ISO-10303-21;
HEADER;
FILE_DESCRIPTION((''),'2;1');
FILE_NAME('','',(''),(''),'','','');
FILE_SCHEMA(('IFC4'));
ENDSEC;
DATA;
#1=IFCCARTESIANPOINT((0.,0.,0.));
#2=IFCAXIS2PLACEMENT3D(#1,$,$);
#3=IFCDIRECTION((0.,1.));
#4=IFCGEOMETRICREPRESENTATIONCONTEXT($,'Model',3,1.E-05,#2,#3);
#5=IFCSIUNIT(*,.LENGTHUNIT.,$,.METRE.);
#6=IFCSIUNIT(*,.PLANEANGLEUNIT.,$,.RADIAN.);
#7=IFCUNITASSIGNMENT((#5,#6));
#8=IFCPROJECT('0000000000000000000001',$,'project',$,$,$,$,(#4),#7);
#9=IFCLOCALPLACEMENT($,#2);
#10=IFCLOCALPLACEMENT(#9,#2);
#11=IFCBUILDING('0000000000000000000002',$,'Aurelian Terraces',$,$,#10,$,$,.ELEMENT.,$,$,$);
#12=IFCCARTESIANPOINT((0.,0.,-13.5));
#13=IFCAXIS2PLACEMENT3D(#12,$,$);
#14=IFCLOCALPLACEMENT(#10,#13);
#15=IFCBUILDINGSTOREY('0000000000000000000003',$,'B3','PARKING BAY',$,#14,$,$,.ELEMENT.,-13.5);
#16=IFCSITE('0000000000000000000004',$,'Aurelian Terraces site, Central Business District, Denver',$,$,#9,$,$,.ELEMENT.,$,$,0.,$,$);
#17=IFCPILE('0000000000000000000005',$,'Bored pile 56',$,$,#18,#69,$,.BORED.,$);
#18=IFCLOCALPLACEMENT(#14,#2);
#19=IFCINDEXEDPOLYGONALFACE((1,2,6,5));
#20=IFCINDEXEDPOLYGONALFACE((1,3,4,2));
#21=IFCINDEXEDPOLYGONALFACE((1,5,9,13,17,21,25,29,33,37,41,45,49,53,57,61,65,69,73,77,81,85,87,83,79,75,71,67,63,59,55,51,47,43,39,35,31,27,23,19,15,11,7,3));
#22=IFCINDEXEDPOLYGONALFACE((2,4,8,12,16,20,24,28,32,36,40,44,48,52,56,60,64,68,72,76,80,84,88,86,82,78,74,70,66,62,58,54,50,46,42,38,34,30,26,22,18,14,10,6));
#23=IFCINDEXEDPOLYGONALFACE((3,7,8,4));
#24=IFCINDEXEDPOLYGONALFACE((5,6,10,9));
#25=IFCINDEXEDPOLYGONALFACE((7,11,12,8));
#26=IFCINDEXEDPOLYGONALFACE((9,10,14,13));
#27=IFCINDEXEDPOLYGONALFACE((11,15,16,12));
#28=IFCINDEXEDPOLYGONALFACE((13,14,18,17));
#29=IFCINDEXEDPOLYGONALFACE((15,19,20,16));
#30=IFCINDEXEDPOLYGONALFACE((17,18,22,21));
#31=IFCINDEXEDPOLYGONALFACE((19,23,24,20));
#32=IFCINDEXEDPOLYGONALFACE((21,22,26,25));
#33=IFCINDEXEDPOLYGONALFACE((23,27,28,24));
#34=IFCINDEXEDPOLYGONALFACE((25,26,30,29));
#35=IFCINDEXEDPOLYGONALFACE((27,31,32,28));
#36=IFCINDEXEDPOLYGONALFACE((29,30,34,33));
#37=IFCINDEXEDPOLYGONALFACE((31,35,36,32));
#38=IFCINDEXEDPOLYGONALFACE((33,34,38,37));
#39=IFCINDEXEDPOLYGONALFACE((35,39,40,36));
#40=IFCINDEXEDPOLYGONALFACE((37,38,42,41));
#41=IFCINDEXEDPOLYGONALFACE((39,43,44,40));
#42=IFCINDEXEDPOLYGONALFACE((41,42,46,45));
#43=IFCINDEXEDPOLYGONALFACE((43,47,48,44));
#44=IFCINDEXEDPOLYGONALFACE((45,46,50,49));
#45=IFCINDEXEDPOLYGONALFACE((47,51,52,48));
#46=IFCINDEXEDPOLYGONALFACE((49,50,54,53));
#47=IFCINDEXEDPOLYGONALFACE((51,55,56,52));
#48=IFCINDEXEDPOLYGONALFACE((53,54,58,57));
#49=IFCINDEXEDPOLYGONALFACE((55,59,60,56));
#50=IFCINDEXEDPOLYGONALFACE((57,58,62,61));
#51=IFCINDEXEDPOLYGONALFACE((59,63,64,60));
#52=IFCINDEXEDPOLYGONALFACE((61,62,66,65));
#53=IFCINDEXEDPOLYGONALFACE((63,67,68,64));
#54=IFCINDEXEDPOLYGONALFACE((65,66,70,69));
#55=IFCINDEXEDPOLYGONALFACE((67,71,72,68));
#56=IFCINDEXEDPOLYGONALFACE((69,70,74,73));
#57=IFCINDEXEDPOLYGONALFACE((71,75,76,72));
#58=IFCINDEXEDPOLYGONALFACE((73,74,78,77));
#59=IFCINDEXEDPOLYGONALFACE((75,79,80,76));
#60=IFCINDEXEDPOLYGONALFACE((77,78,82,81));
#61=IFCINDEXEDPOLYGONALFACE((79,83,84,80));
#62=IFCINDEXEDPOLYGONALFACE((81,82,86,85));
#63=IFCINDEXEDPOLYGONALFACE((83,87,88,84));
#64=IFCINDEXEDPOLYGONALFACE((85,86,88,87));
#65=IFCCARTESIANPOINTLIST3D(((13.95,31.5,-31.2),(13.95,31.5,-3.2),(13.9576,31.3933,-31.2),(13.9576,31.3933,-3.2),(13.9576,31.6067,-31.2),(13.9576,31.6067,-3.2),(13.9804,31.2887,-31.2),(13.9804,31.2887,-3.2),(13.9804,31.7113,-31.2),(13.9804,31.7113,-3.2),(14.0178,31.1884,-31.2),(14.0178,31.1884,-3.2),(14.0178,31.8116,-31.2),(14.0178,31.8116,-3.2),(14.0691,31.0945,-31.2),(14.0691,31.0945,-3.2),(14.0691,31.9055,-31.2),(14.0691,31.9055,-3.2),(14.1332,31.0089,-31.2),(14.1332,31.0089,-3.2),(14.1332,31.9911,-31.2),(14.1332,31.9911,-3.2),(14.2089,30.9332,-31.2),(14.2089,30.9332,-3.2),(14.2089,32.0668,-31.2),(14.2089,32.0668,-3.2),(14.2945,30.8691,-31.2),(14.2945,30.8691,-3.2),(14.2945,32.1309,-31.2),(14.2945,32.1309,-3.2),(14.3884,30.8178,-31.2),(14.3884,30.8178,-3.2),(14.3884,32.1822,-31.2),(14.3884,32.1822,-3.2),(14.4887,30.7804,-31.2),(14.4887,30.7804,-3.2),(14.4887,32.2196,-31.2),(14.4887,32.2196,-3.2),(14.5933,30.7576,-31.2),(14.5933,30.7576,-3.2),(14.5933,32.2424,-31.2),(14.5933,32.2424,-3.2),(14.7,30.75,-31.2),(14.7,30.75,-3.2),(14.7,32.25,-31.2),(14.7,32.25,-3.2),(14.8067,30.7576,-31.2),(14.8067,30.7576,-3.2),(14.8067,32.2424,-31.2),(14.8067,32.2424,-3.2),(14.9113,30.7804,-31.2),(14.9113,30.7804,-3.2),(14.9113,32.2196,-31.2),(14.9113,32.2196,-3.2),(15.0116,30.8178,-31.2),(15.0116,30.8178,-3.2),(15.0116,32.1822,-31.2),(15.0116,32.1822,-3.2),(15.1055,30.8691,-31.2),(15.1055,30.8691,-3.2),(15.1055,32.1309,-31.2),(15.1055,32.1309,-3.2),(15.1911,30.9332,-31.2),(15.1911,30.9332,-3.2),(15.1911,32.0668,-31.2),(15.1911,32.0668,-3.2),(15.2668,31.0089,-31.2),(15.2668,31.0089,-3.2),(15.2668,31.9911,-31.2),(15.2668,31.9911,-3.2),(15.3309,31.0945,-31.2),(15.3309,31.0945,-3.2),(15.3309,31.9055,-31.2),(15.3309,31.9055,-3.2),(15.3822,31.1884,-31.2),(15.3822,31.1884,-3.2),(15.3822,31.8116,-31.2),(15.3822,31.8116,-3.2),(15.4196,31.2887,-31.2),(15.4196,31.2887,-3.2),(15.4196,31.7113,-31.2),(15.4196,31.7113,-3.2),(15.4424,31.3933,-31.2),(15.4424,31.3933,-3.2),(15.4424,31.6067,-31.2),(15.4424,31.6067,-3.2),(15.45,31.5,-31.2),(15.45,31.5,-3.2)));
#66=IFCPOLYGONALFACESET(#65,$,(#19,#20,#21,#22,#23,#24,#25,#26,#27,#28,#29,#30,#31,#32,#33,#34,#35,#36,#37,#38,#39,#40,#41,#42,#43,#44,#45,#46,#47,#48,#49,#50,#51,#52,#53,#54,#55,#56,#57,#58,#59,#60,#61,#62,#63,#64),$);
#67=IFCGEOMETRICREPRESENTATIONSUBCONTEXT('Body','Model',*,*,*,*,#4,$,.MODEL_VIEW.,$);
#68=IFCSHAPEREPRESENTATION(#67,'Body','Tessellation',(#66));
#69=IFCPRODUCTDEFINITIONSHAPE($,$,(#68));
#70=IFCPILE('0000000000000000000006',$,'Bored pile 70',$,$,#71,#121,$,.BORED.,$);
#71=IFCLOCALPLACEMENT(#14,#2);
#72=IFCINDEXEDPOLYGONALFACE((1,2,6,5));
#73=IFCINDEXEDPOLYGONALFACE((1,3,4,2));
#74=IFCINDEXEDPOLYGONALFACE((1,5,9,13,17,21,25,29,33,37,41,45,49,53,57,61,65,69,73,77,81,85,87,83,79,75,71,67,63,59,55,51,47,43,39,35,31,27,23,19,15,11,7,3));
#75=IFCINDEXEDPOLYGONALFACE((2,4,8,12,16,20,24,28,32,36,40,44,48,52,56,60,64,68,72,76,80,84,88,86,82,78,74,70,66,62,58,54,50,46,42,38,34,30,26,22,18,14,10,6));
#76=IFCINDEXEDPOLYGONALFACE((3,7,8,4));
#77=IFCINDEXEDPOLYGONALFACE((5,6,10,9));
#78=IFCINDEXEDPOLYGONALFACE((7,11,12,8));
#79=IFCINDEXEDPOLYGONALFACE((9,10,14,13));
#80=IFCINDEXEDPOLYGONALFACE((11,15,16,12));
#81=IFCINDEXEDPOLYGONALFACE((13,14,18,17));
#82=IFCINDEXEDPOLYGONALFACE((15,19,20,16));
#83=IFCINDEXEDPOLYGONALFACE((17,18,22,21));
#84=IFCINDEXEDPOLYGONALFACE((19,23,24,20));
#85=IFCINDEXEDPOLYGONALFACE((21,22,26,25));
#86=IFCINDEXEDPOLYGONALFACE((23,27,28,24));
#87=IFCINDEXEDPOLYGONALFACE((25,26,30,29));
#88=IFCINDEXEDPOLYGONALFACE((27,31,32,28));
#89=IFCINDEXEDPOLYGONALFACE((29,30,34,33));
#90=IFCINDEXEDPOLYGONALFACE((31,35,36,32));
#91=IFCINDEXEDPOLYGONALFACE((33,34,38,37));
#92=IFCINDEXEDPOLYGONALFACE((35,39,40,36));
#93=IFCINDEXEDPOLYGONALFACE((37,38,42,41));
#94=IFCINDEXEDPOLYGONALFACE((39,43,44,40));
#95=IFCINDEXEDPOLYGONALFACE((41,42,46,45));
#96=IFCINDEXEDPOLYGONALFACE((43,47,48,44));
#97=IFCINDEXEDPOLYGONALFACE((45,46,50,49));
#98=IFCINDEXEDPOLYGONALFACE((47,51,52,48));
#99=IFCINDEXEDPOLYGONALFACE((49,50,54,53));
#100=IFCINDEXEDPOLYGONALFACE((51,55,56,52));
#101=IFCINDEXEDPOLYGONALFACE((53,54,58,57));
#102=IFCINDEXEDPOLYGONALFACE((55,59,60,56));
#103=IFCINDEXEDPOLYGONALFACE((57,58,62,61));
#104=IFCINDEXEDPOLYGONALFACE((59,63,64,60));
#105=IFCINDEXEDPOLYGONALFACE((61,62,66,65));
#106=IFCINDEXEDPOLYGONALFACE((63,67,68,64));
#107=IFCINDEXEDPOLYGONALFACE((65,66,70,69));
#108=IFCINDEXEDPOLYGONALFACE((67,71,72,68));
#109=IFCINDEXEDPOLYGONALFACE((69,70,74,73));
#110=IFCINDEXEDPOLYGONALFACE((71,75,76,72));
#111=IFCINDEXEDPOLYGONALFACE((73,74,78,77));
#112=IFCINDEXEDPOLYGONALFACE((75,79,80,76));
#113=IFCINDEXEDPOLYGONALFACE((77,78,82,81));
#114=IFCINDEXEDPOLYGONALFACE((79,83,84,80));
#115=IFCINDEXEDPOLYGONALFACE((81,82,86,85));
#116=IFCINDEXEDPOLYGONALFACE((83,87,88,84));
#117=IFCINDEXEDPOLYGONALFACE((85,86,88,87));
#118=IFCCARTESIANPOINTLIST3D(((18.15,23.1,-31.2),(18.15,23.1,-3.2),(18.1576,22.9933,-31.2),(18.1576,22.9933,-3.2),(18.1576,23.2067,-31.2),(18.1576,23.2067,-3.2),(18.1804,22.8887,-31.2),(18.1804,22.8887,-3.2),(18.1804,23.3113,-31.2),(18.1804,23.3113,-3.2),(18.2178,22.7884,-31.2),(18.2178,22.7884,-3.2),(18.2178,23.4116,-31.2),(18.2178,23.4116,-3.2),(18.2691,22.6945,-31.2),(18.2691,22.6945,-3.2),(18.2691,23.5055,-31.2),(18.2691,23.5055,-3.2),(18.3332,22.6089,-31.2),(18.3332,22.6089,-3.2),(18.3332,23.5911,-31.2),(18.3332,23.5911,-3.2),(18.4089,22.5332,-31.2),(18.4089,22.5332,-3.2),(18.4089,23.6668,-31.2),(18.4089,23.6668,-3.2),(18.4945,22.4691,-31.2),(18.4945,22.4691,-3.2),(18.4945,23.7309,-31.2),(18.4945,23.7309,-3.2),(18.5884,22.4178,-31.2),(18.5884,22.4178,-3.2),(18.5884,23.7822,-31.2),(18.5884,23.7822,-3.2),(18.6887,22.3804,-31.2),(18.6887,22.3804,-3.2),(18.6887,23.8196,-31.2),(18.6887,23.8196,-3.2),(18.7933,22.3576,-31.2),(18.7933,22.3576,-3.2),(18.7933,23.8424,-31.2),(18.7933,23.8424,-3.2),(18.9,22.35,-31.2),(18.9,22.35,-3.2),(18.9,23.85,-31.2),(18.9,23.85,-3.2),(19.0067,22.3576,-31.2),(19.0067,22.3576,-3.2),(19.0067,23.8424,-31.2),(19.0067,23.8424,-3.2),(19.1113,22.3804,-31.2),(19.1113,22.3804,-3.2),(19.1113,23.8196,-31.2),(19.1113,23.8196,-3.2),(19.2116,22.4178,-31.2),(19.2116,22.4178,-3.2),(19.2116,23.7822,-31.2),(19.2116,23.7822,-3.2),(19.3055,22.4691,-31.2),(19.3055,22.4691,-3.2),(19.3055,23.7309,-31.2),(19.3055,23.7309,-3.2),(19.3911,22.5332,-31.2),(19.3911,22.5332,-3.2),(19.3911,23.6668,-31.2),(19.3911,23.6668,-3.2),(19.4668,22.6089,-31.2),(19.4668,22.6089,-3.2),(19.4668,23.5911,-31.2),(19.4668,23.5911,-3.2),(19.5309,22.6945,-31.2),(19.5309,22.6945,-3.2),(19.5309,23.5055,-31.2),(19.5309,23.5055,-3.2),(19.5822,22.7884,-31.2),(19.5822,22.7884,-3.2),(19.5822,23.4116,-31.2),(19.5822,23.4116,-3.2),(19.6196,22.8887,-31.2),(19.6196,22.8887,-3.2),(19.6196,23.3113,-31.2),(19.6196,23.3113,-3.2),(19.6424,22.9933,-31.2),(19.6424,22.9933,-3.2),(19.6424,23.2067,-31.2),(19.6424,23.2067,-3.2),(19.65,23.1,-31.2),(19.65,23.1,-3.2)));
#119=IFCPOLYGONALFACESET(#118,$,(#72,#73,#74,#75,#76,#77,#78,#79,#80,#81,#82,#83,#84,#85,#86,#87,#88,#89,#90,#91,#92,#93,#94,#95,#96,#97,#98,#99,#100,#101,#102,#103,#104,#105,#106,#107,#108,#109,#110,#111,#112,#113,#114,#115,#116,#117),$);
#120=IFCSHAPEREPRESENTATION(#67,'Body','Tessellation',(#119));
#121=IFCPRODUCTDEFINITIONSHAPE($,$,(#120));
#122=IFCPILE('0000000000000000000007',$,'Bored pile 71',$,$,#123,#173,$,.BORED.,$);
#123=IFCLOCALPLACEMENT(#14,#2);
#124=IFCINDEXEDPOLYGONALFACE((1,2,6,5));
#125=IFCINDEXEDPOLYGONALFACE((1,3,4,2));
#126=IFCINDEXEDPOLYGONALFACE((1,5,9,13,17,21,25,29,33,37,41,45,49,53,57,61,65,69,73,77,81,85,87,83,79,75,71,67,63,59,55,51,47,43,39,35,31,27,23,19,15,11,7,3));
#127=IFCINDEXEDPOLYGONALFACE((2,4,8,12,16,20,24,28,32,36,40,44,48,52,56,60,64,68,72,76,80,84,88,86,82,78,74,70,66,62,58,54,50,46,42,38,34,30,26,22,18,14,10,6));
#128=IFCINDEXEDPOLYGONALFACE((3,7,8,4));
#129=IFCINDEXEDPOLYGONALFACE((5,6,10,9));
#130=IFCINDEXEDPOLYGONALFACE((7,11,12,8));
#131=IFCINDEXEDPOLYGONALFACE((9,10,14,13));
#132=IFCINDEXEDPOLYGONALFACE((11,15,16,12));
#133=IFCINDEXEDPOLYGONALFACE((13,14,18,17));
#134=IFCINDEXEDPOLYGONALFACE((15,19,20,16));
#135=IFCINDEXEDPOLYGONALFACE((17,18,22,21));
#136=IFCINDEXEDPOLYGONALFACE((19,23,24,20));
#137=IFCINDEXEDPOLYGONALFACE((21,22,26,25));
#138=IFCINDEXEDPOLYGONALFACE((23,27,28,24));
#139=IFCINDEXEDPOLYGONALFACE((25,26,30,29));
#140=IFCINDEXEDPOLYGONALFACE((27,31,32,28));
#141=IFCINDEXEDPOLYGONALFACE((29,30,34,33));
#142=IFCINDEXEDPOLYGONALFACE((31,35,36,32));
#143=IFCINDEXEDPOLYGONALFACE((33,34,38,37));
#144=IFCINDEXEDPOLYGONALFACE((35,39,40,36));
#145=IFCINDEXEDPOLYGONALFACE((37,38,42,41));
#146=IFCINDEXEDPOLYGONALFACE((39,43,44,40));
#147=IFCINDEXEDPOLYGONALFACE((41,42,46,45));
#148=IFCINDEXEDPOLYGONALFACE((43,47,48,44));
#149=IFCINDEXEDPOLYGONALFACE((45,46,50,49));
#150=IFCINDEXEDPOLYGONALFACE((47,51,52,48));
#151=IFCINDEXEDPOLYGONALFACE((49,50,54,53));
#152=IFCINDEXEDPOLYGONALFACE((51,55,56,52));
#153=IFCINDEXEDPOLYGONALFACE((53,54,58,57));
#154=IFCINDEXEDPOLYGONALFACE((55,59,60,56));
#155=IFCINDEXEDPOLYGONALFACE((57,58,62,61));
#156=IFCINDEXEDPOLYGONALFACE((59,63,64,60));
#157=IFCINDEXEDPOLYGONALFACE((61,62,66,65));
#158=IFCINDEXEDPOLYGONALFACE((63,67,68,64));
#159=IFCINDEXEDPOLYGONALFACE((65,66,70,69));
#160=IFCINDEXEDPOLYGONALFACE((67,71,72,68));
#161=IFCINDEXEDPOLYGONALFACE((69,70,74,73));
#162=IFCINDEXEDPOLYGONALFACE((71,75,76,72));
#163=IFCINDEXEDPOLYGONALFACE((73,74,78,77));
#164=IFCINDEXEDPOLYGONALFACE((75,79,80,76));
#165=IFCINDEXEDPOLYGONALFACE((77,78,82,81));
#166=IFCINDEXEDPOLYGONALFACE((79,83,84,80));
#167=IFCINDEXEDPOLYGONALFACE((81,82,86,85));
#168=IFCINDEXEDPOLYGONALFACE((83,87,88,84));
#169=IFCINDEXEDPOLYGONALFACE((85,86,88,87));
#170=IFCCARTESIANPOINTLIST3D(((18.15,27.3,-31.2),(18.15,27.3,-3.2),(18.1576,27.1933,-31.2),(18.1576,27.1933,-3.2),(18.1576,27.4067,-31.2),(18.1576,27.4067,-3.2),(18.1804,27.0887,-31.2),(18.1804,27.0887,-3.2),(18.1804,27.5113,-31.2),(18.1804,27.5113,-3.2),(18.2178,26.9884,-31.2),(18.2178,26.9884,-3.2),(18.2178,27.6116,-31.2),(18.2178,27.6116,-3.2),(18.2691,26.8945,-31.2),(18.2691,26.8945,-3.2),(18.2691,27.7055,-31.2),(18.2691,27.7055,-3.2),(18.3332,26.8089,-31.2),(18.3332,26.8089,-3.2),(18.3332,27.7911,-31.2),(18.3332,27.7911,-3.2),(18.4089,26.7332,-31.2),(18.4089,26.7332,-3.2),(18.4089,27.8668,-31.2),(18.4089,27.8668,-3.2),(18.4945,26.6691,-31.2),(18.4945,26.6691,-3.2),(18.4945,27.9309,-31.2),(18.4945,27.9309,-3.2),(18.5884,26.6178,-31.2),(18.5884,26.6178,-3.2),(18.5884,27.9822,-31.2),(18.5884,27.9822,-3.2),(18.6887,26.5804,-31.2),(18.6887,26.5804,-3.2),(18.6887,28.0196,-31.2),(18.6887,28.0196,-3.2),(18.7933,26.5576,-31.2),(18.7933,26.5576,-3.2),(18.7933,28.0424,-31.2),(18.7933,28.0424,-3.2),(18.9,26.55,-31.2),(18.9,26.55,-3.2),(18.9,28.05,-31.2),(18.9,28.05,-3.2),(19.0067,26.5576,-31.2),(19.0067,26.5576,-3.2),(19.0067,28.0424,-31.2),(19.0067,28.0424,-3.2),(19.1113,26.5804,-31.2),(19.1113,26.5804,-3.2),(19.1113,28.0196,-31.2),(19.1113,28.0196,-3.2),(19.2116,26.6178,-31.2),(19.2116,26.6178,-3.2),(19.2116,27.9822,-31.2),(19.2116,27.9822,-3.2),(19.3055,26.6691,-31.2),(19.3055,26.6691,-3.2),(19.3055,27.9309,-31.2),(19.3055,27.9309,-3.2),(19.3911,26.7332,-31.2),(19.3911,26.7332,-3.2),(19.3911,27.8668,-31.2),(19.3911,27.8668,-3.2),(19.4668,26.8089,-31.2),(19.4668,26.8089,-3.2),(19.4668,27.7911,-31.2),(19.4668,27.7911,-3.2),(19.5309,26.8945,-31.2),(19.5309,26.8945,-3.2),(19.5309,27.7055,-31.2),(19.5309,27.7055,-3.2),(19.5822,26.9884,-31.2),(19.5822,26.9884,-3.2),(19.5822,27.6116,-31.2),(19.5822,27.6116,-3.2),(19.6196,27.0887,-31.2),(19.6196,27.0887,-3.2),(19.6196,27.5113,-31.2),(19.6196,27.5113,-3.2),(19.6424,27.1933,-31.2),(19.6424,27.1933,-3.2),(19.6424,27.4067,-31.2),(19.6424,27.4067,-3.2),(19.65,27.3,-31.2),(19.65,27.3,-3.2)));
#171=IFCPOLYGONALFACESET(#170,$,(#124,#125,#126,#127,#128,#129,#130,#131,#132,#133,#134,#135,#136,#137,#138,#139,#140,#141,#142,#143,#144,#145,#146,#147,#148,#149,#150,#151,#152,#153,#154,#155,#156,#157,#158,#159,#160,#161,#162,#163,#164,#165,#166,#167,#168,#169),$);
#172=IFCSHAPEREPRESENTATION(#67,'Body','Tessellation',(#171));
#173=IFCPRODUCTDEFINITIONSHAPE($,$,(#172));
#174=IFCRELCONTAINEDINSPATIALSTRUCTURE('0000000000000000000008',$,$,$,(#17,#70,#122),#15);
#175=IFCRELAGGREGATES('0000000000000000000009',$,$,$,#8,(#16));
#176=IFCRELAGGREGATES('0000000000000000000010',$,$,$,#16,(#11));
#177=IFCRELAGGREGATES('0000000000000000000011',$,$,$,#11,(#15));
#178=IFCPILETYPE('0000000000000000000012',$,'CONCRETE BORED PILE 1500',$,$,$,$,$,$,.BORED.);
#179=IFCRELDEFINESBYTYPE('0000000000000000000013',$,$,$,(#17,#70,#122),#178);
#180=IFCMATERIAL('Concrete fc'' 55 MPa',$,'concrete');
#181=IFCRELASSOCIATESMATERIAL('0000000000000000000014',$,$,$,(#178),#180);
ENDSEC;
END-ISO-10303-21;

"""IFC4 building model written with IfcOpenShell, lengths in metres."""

from ifc_helpers import new_model, si_unit, direction, frame, origin, origin_2d, place, context, subcontext, project, spatial, circle, extrude, source, transform, mapped, material, material_profile, profile_set, type_object, element, save


model = new_model("IFC4")

# Units and contexts
model_context = context("Model", 3, precision=1e-05, world=origin(), true_north=direction((0.0, 1.0)))
body_context = subcontext(model_context, "Body", "Model", "MODEL_VIEW")
ifc_project = project(units=[si_unit("LENGTHUNIT", "METRE"), si_unit("PLANEANGLEUNIT", "RADIAN")], contexts=[model_context])

# Site, building, storey
site_placement = place(None, origin())
site = spatial("IfcSite", under=ifc_project, at=site_placement, Name="Aurelian Terraces site, Central Business District, Denver", CompositionType="ELEMENT", RefElevation=0.0)
building_placement = place(site_placement, origin())
building = spatial("IfcBuilding", under=site, at=building_placement, Name="Aurelian Terraces", CompositionType="ELEMENT")
storey_placement = place(building_placement, frame((0.0, 0.0, -13.5)))
storey = spatial("IfcBuildingStorey", under=building, at=storey_placement, Name="B3", Description="PARKING BAY", CompositionType="ELEMENT", Elevation=-13.5)

# Piles
ifc_material_1 = material(Name="Concrete fc' 55 MPa", Category="concrete")
ifc_material_profile_1 = material_profile(ifc_material_1, circle(Radius=0.75, at=origin_2d()))
ifc_profile_set_1 = profile_set([ifc_material_profile_1], Name="Concrete fc' 55 MPa")
pile_type = type_object("IfcPileType", Name="CONCRETE BORED PILE 1500", PredefinedType="BORED", material=ifc_profile_set_1)
shared_shape_1 = source(origin(), body_context, "Body", "SweptSolid", [
    extrude(circle(Radius=0.75, at=origin_2d()), origin(), (0.0, 0.0, 1.0), 28.0),
])
for number, where, z_axis, x_axis, name in (
    (1, (14.7, 31.5, -3.2), (0.0, 0.0, -1.0), (1.0, 0.0, 0.0), "Bored pile 56"),
    (2, (18.9, 23.1, -3.2), (0.0, 0.0, -1.0), (1.0, 0.0, 0.0), "Bored pile 70"),
    (3, (18.9, 27.3, -3.2), (0.0, 0.0, -1.0), (1.0, 0.0, 0.0), "Bored pile 71"),
):
    element("IfcPile", number, at=place(storey_placement, frame(where, z_axis=z_axis, x_axis=x_axis)), inside=storey, type_object=pile_type, Name=name, PredefinedType="BORED", context=body_context, shape_type="MappedRepresentation", body=[
        mapped(shared_shape_1, transform((0.0, 0.0, 0.0), scale=1.0)),
    ])

save(model, "model.ifc")
